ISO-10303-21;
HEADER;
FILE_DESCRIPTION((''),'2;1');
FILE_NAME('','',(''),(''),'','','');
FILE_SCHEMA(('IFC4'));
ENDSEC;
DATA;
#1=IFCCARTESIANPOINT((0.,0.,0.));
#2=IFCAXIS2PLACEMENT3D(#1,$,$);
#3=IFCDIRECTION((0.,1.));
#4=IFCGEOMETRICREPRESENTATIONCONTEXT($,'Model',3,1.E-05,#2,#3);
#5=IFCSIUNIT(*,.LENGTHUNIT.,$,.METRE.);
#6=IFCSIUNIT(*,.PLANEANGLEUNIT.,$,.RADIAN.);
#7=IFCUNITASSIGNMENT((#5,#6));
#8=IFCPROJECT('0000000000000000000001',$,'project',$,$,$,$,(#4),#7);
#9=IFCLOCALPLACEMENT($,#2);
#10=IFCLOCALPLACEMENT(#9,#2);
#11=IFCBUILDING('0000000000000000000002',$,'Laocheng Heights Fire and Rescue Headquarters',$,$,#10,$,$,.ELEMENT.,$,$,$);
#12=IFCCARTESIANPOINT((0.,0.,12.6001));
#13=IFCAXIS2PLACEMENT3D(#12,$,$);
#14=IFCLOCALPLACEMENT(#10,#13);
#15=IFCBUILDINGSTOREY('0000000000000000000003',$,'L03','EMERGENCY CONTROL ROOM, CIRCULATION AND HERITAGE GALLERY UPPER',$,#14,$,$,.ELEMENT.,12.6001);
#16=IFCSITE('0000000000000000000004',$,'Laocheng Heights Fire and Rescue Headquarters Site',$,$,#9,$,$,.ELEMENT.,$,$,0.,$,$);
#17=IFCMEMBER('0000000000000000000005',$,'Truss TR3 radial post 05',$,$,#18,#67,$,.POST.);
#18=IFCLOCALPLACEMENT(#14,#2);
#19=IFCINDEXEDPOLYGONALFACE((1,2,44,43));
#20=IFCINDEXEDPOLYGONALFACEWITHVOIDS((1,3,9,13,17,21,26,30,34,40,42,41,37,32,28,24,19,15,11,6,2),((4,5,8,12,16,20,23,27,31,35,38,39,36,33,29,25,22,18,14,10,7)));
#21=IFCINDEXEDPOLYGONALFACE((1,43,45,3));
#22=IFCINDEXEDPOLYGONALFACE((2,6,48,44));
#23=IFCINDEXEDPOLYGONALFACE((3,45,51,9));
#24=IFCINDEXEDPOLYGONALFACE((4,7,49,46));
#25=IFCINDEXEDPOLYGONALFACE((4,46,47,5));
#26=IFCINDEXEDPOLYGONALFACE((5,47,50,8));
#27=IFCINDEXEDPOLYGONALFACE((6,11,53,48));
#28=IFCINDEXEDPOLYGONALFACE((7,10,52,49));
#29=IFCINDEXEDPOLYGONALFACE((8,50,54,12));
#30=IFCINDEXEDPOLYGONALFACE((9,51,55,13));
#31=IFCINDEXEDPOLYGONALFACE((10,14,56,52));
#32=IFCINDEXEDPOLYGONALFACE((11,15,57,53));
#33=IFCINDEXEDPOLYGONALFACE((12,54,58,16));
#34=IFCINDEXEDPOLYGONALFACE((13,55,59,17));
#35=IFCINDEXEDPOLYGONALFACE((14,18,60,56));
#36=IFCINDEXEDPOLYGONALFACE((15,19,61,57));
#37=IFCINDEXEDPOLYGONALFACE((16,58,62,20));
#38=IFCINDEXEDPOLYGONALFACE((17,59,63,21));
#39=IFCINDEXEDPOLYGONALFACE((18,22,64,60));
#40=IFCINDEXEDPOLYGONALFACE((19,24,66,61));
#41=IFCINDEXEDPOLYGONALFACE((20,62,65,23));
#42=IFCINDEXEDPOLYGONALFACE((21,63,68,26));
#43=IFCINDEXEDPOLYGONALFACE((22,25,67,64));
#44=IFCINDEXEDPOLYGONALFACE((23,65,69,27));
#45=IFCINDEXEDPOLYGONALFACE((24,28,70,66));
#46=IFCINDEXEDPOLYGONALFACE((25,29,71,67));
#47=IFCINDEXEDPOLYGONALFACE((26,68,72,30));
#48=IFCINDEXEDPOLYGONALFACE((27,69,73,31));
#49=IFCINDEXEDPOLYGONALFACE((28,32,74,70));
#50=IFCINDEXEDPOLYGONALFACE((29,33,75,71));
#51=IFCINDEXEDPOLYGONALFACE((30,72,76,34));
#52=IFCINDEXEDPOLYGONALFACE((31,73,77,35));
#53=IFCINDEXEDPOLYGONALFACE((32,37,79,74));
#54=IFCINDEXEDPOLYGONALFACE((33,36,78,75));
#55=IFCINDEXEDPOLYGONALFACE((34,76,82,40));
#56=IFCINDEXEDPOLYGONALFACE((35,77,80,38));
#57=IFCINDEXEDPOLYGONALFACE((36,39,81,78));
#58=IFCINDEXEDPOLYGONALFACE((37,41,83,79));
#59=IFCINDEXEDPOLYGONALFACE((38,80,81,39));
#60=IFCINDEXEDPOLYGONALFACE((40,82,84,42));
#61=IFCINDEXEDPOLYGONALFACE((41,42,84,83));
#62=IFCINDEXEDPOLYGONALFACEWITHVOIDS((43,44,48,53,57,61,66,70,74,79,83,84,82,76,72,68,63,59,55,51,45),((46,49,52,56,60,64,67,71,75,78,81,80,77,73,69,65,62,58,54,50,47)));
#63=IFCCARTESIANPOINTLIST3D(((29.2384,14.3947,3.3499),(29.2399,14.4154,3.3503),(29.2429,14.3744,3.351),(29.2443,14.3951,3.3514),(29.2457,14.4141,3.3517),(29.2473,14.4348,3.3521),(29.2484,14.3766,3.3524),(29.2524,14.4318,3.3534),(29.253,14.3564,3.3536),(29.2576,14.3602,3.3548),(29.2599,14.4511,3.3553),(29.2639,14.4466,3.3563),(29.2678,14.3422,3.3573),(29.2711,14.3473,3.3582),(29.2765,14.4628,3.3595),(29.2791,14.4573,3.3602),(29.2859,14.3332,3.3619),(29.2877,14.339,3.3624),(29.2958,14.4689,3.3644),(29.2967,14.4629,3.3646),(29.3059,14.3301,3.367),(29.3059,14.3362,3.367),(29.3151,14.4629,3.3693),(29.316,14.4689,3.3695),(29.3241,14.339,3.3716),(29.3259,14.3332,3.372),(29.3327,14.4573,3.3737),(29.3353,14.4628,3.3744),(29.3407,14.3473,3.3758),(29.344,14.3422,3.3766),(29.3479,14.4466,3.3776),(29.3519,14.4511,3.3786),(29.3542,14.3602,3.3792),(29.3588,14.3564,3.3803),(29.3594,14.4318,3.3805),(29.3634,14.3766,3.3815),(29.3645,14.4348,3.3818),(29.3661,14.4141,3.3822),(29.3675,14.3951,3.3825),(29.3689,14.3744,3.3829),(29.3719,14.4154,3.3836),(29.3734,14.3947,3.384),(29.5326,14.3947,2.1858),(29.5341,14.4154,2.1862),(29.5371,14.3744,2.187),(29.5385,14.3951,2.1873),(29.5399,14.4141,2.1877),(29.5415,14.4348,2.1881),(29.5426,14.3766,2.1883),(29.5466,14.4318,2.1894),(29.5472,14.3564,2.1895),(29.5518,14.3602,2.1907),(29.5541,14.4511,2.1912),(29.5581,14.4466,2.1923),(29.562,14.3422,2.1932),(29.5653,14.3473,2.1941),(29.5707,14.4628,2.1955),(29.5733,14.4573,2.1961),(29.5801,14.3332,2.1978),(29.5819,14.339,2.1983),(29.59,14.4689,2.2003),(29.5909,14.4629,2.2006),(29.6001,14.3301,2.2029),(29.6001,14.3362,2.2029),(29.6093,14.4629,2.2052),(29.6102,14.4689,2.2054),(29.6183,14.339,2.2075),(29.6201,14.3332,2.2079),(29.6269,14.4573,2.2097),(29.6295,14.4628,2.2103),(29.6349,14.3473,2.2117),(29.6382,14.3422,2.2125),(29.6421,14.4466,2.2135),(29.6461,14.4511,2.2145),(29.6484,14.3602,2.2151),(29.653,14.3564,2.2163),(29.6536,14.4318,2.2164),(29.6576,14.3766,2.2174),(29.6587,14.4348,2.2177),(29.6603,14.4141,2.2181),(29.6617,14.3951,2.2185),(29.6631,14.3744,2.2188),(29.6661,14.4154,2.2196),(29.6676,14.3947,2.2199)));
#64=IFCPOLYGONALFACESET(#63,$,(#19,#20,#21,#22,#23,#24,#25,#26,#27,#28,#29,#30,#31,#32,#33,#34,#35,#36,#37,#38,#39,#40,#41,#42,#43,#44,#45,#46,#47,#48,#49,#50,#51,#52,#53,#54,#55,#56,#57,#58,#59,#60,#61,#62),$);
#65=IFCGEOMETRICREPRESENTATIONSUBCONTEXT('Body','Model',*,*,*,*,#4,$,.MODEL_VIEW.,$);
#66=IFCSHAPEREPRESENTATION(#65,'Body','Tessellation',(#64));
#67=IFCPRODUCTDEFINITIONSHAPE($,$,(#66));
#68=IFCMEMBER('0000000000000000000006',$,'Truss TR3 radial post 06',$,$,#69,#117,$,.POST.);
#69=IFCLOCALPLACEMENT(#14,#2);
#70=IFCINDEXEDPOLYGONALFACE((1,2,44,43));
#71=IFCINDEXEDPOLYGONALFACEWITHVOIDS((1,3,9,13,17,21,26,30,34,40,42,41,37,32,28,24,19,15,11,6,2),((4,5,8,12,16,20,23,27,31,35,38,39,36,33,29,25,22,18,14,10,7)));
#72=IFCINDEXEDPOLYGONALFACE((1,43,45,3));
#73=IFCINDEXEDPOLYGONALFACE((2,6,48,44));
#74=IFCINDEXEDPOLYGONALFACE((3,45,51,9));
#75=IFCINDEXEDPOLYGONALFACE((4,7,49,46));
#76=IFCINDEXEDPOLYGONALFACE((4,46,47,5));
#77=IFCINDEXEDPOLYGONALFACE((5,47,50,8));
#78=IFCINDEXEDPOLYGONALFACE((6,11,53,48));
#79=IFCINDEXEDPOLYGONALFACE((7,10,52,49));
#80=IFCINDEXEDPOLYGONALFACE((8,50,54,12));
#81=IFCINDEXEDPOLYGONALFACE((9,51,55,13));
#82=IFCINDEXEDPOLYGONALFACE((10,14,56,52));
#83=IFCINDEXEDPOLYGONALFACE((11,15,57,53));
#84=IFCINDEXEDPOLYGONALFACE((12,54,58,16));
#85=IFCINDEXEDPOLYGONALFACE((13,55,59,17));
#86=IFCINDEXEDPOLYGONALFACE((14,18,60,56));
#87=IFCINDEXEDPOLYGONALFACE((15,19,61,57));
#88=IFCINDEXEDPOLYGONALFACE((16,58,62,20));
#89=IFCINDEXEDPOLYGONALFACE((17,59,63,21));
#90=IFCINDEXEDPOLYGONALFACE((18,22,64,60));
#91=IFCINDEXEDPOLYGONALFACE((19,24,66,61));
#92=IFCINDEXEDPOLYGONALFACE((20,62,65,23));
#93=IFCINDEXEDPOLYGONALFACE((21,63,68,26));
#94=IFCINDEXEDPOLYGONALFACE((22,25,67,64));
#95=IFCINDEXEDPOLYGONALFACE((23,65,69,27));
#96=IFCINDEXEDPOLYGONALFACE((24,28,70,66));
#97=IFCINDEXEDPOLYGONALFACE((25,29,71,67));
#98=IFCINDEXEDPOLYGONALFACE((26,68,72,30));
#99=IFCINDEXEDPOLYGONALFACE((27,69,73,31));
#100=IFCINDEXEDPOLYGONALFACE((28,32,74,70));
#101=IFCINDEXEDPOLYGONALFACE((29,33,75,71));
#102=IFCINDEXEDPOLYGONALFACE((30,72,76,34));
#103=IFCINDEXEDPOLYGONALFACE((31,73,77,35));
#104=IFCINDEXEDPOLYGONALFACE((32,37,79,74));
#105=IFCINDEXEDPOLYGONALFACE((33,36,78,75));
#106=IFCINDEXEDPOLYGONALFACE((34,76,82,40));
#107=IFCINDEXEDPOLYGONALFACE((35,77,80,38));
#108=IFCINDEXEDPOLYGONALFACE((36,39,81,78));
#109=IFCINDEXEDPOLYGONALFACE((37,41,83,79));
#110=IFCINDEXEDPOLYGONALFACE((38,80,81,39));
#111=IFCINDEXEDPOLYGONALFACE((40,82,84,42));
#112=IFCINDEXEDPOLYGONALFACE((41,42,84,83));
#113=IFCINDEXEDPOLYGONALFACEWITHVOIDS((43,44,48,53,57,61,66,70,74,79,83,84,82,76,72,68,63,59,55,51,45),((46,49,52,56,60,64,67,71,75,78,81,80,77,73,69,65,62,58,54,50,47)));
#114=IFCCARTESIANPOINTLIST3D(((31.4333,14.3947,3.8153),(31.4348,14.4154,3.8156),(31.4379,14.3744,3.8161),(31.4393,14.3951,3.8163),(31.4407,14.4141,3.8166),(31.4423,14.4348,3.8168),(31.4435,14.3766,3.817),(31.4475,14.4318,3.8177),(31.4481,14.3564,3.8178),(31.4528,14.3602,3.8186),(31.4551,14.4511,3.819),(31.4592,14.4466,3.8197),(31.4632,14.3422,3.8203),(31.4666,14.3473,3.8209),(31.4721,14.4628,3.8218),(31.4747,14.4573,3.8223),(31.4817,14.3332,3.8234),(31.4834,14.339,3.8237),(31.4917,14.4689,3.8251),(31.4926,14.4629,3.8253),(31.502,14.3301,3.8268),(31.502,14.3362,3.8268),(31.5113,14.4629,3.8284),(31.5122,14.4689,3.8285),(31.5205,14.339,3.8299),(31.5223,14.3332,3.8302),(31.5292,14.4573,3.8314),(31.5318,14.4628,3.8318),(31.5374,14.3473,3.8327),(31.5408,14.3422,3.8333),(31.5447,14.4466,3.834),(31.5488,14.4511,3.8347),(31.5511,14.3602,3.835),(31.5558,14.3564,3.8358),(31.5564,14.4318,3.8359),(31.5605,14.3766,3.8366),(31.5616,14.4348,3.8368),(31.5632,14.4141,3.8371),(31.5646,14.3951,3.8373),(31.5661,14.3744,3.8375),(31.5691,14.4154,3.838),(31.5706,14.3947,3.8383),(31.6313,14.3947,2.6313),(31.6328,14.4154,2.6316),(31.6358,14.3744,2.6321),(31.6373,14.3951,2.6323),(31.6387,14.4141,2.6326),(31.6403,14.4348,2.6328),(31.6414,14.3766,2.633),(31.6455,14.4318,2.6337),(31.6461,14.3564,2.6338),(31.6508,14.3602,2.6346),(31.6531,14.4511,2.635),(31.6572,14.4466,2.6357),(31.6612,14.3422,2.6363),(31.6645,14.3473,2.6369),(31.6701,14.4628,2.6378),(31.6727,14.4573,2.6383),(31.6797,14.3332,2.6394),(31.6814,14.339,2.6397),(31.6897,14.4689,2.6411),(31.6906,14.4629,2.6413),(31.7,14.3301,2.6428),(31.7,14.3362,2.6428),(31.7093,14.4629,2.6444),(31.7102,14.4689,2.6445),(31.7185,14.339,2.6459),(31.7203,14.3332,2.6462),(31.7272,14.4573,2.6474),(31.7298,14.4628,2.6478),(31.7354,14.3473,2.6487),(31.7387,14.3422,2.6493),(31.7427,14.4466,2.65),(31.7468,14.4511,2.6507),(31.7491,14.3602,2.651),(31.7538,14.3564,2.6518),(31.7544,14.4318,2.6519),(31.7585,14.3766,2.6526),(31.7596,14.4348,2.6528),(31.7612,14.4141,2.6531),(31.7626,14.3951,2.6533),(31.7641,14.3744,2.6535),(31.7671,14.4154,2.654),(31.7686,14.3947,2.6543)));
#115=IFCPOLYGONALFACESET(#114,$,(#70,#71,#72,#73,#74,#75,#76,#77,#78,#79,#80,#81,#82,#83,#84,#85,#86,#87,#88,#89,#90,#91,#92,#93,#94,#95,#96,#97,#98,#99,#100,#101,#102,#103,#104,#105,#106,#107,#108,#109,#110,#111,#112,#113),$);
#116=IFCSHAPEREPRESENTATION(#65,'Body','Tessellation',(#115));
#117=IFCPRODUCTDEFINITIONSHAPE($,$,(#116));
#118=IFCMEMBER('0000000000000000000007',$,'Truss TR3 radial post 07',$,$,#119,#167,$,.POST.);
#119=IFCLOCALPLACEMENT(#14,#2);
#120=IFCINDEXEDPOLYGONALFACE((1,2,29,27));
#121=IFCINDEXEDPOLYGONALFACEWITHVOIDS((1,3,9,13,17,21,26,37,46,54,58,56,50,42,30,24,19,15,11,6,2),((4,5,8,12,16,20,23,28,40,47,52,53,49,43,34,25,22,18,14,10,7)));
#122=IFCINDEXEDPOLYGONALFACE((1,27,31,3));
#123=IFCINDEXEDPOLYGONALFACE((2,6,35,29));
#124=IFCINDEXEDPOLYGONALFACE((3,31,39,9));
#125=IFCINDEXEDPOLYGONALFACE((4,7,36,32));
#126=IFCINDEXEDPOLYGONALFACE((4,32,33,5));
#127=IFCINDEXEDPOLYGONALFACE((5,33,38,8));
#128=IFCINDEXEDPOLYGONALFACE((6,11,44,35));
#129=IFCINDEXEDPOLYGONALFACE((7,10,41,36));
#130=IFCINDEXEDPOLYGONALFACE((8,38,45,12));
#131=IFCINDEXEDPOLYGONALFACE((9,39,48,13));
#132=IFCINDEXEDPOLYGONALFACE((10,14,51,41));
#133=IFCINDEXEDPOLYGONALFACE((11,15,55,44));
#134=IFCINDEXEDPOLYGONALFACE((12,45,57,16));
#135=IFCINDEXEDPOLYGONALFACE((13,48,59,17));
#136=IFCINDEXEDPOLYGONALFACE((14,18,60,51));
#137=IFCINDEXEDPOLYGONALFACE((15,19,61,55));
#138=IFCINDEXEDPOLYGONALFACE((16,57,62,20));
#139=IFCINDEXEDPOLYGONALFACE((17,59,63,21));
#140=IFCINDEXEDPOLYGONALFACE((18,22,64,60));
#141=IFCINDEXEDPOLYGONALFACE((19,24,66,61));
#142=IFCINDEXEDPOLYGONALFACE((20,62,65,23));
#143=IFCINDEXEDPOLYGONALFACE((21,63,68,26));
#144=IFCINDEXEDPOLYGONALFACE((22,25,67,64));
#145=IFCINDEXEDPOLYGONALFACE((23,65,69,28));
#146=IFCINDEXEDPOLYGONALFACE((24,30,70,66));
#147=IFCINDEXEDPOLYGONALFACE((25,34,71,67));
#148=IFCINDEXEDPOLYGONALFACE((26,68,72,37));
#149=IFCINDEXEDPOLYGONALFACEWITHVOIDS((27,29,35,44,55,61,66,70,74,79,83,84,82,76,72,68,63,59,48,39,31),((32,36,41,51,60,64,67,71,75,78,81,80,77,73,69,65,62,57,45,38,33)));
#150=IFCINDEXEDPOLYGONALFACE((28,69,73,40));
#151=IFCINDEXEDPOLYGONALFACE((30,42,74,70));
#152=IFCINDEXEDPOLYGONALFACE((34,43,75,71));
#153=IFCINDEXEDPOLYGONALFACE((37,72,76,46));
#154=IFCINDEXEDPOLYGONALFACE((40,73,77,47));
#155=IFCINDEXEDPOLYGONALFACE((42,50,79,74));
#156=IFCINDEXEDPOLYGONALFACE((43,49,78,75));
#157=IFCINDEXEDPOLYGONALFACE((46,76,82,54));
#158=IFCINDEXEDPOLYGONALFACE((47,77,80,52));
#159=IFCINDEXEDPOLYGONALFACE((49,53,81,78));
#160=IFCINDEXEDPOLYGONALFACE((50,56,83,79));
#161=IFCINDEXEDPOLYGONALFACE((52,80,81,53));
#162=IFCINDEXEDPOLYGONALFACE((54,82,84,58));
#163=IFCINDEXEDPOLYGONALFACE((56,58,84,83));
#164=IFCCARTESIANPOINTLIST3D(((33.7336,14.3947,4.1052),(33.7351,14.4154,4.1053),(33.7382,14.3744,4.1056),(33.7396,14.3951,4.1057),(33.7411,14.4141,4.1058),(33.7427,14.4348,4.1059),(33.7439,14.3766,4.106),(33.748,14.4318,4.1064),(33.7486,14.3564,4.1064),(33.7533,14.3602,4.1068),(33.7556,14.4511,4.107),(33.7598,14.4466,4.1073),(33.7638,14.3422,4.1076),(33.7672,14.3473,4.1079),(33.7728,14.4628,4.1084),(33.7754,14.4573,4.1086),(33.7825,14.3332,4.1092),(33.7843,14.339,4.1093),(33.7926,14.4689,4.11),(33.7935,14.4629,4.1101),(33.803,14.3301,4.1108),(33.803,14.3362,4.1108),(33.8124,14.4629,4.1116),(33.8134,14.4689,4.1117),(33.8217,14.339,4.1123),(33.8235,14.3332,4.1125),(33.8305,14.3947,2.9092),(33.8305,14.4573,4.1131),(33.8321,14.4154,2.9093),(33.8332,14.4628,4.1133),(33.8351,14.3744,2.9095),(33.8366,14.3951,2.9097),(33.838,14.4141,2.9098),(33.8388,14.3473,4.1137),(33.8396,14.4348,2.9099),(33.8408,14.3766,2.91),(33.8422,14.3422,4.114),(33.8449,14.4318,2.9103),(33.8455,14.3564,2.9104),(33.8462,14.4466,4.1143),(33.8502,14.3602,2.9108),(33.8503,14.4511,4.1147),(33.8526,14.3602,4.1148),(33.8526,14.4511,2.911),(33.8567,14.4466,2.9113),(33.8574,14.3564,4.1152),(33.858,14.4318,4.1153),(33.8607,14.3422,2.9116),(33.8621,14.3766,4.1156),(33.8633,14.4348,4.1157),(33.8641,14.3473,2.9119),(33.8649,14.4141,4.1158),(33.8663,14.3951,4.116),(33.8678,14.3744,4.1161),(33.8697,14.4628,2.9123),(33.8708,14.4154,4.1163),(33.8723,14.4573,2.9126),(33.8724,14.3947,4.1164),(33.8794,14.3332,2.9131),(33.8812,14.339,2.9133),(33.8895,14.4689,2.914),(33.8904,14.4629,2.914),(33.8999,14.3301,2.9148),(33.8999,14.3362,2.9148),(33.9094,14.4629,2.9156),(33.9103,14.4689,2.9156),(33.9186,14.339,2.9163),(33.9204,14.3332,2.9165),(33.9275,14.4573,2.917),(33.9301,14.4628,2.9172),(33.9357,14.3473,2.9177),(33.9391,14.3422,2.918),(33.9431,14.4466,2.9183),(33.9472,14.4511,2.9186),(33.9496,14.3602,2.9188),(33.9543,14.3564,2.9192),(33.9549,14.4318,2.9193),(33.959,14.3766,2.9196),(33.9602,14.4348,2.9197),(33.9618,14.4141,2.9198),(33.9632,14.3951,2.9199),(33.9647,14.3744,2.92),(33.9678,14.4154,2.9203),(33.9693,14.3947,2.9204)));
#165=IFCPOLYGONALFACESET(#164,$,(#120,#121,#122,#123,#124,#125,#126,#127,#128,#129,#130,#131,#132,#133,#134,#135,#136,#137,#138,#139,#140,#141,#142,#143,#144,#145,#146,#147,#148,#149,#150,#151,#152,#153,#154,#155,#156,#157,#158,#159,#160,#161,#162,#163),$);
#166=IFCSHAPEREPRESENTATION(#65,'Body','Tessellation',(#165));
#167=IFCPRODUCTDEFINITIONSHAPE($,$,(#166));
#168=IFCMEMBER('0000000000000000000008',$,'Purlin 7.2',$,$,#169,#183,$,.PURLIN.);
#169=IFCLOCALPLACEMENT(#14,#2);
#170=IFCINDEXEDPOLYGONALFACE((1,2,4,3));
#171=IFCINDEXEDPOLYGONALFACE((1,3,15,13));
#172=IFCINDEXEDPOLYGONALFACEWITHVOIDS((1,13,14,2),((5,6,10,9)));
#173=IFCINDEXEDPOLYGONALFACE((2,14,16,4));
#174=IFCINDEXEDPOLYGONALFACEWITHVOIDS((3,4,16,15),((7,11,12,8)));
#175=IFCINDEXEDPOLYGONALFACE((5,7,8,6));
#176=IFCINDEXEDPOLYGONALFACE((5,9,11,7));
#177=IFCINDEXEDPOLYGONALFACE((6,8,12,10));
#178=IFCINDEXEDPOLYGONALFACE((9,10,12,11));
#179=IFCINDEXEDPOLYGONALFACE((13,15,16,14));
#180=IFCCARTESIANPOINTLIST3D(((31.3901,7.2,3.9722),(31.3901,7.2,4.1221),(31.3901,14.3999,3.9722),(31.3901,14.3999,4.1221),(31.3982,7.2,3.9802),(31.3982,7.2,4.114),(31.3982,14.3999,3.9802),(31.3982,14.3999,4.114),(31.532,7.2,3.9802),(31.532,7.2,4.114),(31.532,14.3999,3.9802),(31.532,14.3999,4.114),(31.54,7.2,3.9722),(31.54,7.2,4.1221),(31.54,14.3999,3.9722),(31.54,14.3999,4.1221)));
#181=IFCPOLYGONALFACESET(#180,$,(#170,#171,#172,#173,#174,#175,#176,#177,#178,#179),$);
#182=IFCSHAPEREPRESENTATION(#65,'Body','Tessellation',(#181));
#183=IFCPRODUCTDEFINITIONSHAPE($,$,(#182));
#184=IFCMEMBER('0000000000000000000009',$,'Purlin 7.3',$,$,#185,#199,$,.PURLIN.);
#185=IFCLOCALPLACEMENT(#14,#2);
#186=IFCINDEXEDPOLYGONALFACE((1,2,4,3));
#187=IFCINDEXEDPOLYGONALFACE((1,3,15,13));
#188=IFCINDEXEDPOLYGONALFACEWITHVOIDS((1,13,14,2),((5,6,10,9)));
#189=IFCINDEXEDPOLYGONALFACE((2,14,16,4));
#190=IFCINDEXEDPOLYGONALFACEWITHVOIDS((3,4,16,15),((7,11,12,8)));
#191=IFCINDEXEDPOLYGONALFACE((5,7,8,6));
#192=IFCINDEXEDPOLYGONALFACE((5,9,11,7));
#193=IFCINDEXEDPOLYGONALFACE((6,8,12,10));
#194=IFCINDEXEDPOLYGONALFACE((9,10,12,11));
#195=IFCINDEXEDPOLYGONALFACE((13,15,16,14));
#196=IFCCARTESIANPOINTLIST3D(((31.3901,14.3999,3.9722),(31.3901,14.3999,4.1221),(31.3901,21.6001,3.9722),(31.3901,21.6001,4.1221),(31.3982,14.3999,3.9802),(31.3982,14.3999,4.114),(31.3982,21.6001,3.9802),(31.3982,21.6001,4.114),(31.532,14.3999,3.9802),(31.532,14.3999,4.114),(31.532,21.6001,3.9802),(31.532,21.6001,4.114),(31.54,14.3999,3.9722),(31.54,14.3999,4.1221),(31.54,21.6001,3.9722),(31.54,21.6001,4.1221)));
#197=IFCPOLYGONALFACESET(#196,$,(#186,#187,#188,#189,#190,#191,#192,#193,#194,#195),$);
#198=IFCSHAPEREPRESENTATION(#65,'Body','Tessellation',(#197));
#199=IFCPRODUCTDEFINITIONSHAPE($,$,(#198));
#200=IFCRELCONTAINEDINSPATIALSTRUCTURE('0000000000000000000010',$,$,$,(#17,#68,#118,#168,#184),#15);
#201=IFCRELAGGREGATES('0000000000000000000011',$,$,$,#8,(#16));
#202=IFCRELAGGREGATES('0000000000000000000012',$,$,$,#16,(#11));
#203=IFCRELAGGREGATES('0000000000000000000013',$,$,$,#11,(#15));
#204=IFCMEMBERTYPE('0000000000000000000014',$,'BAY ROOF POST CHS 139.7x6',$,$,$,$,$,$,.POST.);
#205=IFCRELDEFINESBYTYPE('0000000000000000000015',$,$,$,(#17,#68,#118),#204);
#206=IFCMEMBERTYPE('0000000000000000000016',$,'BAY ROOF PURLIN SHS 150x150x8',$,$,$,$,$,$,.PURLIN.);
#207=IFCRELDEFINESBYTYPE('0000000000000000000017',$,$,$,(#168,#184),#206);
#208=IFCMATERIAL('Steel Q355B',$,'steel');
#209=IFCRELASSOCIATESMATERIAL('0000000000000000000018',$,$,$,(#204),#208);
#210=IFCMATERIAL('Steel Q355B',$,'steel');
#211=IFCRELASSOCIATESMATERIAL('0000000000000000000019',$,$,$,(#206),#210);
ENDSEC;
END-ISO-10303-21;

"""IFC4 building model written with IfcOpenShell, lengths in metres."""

from ifc_helpers import new_model, si_unit, direction, frame, origin, origin_2d, place, context, subcontext, project, spatial, hollow_rectangle, hollow_circle, extrude, material, material_profile, profile_set, type_object, element, save


model = new_model("IFC4")

# Units and contexts
model_context = context("Model", 3, precision=1e-05, world=origin(), true_north=direction((0.0, 1.0)))
body_context = subcontext(model_context, "Body", "Model", "MODEL_VIEW")
ifc_project = project(units=[si_unit("LENGTHUNIT", "METRE"), si_unit("PLANEANGLEUNIT", "RADIAN")], contexts=[model_context])

# Site, building, storey
site_placement = place(None, origin())
site = spatial("IfcSite", under=ifc_project, at=site_placement, Name="Laocheng Heights Fire and Rescue Headquarters Site", CompositionType="ELEMENT", RefElevation=0.0)
building_placement = place(site_placement, origin())
building = spatial("IfcBuilding", under=site, at=building_placement, Name="Laocheng Heights Fire and Rescue Headquarters", CompositionType="ELEMENT")
storey_placement = place(building_placement, frame((0.0, 0.0, 12.6001)))
storey = spatial("IfcBuildingStorey", under=building, at=storey_placement, Name="L03", Description="EMERGENCY CONTROL ROOM, CIRCULATION AND HERITAGE GALLERY UPPER", CompositionType="ELEMENT", Elevation=12.6001)

# Members
ifc_material_1 = material(Name="Steel Q355B", Category="steel")
ifc_material_profile_1 = material_profile(ifc_material_1, hollow_circle(Radius=0.0698, WallThickness=0.0061, at=origin_2d()), Name="CHS 139.7x6")
ifc_profile_set_1 = profile_set([ifc_material_profile_1], Name="Steel Q355B")
member_type_1 = type_object("IfcMemberType", Name="BAY ROOF POST CHS 139.7x6", PredefinedType="POST", material=ifc_profile_set_1)
member_1_placement = place(storey_placement, frame((29.6001, 14.3999, 2.2029), z_axis=(-0.245023, 0.0, 0.969517), x_axis=(0.0, -1.0, 0.0)))
element("IfcMember", 1, at=member_1_placement, inside=storey, type_object=member_type_1, Name="Truss TR3 radial post 05", PredefinedType="POST", context=body_context, shape_type="SweptSolid", body=[
    extrude(hollow_circle(Radius=0.0698, WallThickness=0.0061, at=origin_2d()), origin(), (0.0, 0.0, 1.0), 1.2007),
])
member_2_placement = place(storey_placement, frame((31.7, 14.3999, 2.6428), z_axis=(-0.164927, 0.0, 0.986306), x_axis=(0.0, -1.0, 0.0)))
element("IfcMember", 2, at=member_2_placement, inside=storey, type_object=member_type_1, Name="Truss TR3 radial post 06", PredefinedType="POST", context=body_context, shape_type="SweptSolid", body=[
    extrude(hollow_circle(Radius=0.0698, WallThickness=0.0061, at=origin_2d()), origin(), (0.0, 0.0, 1.0), 1.2004),
])
member_3_placement = place(storey_placement, frame((33.8999, 14.3999, 2.9148), z_axis=(-0.080772, 0.0, 0.996733), x_axis=(0.0, -1.0, 0.0)))
element("IfcMember", 3, at=member_3_placement, inside=storey, type_object=member_type_1, Name="Truss TR3 radial post 07", PredefinedType="POST", context=body_context, shape_type="SweptSolid", body=[
    extrude(hollow_circle(Radius=0.0698, WallThickness=0.0061, at=origin_2d()), origin(), (0.0, 0.0, 1.0), 1.2),
])
ifc_material_2 = material(Name="Steel Q355B", Category="steel")
ifc_material_profile_2 = material_profile(ifc_material_2, hollow_rectangle(XDim=0.1499, YDim=0.1499, WallThickness=0.0081, at=origin_2d()), Name="SHS 150x150x8")
ifc_profile_set_2 = profile_set([ifc_material_profile_2], Name="Steel Q355B")
member_type_2 = type_object("IfcMemberType", Name="BAY ROOF PURLIN SHS 150x150x8", PredefinedType="PURLIN", material=ifc_profile_set_2)
member_4_placement = place(storey_placement, frame((31.4651, 7.2, 4.0471), z_axis=(0.0, 1.0, 0.0), x_axis=(-1.0, 0.0, 0.0)))
element("IfcMember", 4, at=member_4_placement, inside=storey, type_object=member_type_2, Name="Purlin 7.2", PredefinedType="PURLIN", context=body_context, shape_type="SweptSolid", body=[
    extrude(hollow_rectangle(XDim=0.1499, YDim=0.1499, WallThickness=0.0081, at=origin_2d()), origin(), (0.0, 0.0, 1.0), 7.2),
])
member_5_placement = place(storey_placement, frame((31.4651, 14.3999, 4.0471), z_axis=(0.0, 1.0, 0.0), x_axis=(-1.0, 0.0, 0.0)))
element("IfcMember", 5, at=member_5_placement, inside=storey, type_object=member_type_2, Name="Purlin 7.3", PredefinedType="PURLIN", context=body_context, shape_type="SweptSolid", body=[
    extrude(hollow_rectangle(XDim=0.1499, YDim=0.1499, WallThickness=0.0081, at=origin_2d()), origin(), (0.0, 0.0, 1.0), 7.2002),
])

save(model, "model.ifc")
